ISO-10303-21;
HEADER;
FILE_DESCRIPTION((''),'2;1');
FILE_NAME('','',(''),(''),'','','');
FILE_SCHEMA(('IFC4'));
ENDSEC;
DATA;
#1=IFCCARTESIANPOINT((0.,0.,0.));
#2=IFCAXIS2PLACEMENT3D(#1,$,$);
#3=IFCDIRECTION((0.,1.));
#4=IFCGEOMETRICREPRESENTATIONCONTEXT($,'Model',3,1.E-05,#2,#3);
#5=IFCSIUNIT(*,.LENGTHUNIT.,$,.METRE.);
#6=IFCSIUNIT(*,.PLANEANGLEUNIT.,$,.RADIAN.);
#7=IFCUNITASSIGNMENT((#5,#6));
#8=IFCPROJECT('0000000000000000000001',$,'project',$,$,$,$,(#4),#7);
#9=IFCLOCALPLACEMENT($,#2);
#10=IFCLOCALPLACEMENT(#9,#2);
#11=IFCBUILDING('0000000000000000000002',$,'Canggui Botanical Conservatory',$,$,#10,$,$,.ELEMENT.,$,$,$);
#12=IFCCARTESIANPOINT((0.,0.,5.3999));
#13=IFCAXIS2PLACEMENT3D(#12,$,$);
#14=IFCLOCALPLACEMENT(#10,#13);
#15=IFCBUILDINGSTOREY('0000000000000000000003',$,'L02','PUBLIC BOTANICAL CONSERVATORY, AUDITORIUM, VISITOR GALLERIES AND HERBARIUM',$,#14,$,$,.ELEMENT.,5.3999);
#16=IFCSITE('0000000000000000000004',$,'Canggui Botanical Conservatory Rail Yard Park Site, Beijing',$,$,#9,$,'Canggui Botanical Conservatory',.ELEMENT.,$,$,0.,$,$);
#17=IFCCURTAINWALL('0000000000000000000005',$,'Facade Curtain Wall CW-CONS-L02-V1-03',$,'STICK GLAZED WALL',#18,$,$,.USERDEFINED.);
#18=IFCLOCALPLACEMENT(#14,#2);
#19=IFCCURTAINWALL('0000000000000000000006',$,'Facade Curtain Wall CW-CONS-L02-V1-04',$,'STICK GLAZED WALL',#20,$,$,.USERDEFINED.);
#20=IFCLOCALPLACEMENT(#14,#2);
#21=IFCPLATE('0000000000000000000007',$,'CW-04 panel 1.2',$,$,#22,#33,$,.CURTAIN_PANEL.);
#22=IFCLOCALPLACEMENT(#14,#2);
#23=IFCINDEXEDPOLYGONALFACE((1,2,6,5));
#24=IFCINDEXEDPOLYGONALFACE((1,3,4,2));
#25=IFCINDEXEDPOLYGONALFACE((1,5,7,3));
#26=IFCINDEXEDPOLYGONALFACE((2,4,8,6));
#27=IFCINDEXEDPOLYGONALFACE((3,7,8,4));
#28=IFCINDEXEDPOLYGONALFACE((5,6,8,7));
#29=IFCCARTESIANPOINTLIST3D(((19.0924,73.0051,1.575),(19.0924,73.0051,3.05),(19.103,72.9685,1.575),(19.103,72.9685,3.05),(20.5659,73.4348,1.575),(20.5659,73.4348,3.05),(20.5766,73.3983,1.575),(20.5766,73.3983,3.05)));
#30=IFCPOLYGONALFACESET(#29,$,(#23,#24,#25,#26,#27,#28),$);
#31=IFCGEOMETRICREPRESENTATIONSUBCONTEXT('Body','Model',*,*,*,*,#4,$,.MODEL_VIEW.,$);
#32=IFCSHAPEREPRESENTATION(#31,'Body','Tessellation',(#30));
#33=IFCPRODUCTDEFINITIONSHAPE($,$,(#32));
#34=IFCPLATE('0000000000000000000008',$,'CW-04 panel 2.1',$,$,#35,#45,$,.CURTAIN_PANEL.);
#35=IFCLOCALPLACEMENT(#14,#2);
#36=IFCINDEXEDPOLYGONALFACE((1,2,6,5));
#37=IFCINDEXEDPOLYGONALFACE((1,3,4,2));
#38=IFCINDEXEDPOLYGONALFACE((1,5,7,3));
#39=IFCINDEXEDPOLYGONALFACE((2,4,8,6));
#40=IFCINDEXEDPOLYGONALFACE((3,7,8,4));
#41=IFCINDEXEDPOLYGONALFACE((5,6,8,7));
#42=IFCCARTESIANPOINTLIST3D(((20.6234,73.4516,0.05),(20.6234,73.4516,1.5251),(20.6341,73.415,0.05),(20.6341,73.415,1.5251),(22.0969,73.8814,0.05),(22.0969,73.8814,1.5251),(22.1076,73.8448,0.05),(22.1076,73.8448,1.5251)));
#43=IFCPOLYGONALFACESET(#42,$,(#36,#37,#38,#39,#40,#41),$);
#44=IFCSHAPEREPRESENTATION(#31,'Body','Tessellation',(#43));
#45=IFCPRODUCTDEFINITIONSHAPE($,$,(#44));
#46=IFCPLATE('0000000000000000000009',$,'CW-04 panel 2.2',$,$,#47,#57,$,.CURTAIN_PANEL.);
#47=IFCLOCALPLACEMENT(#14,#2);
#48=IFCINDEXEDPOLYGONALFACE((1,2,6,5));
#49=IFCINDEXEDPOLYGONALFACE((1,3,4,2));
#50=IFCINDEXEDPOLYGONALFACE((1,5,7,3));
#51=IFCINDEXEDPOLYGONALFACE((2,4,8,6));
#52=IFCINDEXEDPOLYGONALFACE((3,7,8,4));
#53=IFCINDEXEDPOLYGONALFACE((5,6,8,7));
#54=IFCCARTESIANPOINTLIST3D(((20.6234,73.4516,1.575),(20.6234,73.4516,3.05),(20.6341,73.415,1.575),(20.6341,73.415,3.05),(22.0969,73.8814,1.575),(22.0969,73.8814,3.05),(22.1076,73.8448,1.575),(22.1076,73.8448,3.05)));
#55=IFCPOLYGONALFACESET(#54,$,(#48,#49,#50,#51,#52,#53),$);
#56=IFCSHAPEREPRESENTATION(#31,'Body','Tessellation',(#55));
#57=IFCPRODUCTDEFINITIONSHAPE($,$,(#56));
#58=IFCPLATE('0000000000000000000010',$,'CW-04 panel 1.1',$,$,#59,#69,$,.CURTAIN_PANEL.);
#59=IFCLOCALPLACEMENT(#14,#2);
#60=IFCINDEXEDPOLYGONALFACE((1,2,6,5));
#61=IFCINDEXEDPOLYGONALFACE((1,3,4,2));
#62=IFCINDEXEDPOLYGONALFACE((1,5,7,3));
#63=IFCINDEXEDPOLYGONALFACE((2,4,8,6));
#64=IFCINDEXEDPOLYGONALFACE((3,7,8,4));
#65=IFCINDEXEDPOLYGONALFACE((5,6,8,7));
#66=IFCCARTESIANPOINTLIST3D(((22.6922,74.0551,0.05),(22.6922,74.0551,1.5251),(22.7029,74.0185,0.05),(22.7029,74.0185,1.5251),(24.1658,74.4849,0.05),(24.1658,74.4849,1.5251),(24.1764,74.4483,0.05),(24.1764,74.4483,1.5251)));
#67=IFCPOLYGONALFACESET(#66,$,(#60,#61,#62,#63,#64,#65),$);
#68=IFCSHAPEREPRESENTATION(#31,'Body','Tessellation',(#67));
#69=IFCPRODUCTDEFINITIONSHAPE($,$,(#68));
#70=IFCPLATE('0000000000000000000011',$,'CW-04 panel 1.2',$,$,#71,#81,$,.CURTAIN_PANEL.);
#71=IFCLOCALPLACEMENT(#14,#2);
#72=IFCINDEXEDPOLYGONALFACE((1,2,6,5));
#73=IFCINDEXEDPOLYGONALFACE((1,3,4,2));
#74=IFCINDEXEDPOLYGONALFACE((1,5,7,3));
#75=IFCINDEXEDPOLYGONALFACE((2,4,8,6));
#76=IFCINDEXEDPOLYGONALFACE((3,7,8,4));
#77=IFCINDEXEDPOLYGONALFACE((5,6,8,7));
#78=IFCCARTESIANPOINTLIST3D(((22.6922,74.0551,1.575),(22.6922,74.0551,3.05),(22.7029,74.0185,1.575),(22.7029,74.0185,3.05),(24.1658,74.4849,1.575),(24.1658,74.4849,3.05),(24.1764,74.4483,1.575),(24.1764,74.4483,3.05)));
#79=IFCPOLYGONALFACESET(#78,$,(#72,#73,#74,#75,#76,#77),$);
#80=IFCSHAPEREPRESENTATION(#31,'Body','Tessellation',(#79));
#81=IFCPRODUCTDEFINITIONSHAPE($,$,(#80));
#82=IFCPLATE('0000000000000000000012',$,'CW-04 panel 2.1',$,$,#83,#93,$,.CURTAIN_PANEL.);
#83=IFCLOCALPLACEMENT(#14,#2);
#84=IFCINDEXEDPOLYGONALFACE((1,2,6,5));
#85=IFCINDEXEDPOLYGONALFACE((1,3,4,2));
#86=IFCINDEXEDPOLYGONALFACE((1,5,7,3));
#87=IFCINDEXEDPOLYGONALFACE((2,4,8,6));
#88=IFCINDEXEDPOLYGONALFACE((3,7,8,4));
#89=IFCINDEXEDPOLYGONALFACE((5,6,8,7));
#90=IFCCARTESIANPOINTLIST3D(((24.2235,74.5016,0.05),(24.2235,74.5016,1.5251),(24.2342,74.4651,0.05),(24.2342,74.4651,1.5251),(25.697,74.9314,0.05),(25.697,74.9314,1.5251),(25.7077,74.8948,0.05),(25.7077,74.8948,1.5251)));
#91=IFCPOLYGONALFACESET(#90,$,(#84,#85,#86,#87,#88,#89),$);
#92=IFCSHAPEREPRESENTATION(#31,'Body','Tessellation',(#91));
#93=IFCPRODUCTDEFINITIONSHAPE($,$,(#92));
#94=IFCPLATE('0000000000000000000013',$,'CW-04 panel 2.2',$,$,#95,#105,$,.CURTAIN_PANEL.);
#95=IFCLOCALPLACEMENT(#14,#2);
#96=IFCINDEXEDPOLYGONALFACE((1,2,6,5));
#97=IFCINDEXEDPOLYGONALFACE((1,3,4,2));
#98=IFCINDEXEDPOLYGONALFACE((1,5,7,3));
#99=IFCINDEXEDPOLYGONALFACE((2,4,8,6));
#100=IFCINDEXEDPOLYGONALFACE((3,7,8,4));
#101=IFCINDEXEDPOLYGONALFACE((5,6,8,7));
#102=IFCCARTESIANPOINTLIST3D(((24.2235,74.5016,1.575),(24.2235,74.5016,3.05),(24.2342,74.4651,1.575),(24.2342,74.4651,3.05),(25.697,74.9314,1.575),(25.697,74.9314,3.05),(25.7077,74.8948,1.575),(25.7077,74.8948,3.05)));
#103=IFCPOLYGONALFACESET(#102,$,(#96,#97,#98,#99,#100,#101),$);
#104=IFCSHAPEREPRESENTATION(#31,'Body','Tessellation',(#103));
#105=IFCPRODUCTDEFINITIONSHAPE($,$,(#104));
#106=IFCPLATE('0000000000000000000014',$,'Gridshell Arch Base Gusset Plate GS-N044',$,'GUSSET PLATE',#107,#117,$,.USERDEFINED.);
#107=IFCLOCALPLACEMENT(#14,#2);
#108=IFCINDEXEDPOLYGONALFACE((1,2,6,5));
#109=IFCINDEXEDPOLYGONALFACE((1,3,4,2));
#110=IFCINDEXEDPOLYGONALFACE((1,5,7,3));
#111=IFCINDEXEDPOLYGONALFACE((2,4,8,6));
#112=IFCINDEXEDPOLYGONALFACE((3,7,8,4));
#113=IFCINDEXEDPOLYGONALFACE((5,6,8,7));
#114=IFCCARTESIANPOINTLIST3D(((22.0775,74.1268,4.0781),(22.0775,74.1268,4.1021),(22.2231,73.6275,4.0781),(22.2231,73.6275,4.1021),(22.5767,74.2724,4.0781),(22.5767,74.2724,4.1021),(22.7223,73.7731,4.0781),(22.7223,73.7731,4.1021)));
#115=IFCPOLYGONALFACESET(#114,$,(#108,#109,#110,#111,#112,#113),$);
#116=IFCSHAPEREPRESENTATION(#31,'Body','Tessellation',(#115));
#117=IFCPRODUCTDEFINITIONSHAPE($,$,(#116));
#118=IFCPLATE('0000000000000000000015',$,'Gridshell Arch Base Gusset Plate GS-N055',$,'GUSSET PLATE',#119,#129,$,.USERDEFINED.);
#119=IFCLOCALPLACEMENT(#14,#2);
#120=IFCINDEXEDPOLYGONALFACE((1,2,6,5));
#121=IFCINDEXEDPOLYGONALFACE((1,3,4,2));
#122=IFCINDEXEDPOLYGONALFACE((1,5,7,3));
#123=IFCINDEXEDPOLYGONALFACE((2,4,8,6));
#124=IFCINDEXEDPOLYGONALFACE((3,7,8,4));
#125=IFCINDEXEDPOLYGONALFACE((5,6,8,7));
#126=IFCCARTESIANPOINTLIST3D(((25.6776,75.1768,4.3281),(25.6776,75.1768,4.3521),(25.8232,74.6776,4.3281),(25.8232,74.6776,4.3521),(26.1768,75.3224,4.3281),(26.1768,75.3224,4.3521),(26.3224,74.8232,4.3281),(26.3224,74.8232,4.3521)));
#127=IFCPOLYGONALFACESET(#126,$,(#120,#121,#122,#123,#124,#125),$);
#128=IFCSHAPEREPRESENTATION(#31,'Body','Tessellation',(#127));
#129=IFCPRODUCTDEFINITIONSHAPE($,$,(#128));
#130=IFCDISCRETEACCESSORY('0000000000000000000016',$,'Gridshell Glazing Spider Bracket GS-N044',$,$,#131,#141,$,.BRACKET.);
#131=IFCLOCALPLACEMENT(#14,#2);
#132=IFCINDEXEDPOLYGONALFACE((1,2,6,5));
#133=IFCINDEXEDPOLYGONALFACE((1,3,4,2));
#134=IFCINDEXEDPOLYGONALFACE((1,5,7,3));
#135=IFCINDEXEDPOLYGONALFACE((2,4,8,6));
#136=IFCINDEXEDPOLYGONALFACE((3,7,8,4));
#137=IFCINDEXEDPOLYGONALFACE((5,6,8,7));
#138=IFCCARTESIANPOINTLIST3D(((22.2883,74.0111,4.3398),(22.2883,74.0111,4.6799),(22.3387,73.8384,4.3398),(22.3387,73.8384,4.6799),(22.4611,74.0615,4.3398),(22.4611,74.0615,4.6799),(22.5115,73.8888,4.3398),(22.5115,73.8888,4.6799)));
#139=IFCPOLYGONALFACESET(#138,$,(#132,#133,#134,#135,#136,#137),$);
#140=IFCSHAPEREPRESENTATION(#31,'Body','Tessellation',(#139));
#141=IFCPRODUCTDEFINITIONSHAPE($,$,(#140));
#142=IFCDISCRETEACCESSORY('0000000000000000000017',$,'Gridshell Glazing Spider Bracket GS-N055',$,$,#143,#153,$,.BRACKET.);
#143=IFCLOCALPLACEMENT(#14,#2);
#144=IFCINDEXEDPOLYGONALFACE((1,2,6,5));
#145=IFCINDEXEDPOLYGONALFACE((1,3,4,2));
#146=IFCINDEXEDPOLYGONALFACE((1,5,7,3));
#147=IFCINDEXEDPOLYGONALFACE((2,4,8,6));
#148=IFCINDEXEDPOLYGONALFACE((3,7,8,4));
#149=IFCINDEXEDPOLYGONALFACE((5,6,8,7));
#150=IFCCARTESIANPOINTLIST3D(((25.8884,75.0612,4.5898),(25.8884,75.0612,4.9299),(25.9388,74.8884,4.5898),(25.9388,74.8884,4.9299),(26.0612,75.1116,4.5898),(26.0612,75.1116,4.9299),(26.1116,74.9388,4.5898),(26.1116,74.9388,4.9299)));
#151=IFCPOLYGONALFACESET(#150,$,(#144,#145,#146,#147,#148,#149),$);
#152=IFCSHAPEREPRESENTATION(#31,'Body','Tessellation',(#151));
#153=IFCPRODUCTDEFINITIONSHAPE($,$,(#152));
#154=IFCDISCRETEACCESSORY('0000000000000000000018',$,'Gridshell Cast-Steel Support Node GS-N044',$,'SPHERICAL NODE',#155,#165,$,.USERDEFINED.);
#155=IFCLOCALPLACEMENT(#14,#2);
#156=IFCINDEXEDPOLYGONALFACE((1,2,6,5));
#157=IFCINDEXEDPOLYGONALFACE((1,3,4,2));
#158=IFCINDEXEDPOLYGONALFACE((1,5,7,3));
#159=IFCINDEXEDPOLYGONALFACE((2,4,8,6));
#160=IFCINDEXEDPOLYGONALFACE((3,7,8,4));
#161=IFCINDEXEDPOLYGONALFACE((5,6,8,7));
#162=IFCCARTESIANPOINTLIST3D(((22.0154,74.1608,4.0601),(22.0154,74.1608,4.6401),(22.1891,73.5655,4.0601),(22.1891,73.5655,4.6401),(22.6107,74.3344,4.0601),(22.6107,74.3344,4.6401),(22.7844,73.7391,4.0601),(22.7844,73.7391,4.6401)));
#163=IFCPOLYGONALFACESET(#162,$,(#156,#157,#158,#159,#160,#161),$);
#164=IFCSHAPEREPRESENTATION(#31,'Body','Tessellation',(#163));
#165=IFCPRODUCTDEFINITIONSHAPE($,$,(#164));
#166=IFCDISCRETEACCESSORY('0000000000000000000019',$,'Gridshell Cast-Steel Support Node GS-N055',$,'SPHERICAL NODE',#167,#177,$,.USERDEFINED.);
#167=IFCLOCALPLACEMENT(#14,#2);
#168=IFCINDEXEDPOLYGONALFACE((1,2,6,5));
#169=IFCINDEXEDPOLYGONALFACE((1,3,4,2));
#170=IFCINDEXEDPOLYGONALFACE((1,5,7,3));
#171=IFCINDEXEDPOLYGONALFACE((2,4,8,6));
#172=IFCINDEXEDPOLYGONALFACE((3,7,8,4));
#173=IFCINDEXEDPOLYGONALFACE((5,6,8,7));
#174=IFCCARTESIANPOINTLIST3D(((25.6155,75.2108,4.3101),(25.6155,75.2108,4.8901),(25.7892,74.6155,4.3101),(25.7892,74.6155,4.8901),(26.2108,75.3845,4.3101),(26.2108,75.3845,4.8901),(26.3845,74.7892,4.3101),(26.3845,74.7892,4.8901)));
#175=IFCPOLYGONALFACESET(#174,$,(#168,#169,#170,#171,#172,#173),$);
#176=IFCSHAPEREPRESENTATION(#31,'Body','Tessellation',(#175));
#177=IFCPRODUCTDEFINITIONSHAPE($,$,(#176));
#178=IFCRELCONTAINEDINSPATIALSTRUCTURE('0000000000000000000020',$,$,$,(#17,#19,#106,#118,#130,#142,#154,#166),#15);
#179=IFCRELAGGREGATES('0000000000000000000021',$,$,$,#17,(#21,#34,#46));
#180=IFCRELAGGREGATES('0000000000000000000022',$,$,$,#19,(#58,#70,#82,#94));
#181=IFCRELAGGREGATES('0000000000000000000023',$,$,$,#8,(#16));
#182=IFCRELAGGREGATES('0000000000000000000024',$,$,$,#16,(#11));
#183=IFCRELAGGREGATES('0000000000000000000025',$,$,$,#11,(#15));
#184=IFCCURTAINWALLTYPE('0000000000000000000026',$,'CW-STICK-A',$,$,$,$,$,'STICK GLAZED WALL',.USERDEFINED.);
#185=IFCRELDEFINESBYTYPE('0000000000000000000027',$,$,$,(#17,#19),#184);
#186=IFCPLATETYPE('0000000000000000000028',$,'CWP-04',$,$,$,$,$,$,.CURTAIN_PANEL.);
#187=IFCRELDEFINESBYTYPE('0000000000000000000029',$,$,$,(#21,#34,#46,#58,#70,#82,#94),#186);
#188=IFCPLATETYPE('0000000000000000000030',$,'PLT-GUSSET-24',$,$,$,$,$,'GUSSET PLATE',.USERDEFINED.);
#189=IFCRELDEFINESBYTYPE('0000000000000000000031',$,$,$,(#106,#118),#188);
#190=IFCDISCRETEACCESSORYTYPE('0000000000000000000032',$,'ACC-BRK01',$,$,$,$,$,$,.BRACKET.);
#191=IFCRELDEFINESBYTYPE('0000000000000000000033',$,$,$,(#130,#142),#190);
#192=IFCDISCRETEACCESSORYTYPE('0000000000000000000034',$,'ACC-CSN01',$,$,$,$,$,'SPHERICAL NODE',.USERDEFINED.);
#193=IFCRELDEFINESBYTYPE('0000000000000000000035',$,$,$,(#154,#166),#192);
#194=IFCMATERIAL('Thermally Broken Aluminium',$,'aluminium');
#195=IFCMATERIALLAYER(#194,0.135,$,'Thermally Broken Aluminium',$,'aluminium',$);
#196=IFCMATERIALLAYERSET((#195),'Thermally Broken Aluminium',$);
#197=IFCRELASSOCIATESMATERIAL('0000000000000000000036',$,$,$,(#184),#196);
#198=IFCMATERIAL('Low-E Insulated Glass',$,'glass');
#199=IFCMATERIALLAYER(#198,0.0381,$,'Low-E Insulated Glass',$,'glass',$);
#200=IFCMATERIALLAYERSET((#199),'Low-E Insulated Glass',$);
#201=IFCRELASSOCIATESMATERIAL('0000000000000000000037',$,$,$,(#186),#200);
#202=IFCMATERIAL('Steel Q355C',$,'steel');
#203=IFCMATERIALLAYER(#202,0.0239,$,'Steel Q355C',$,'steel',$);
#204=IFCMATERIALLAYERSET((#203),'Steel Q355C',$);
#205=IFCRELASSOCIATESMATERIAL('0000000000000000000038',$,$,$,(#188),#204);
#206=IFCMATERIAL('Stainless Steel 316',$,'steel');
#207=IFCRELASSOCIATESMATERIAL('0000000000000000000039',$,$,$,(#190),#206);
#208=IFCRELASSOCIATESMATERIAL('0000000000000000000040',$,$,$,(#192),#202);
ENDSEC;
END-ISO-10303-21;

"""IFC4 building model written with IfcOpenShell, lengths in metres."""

from ifc_helpers import new_model, si_unit, direction, frame, origin, origin_2d, place, context, subcontext, project, spatial, rectangle, extrude, material, layer, layer_set, type_object, element, aggregate, save


model = new_model("IFC4")

# Units and contexts
model_context = context("Model", 3, precision=1e-05, world=origin(), true_north=direction((0.0, 1.0)))
body_context = subcontext(model_context, "Body", "Model", "MODEL_VIEW")
ifc_project = project(units=[si_unit("LENGTHUNIT", "METRE"), si_unit("PLANEANGLEUNIT", "RADIAN")], contexts=[model_context])

# Site, building, storey
site_placement = place(None, origin())
site = spatial("IfcSite", under=ifc_project, at=site_placement, Name="Canggui Botanical Conservatory Rail Yard Park Site, Beijing", LongName="Canggui Botanical Conservatory", CompositionType="ELEMENT", RefElevation=0.0)
building_placement = place(site_placement, origin())
building = spatial("IfcBuilding", under=site, at=building_placement, Name="Canggui Botanical Conservatory", CompositionType="ELEMENT")
storey_placement = place(building_placement, frame((0.0, 0.0, 5.3999)))
storey = spatial("IfcBuildingStorey", under=building, at=storey_placement, Name="L02", Description="PUBLIC BOTANICAL CONSERVATORY, AUDITORIUM, VISITOR GALLERIES AND HERBARIUM", CompositionType="ELEMENT", Elevation=5.3999)

# Shared definitions
ifc_material_1 = material(Name="Steel Q355C", Category="steel")

# Curtain walls
ifc_material_2 = material(Name="Thermally Broken Aluminium", Category="aluminium")
ifc_layer_1 = layer(ifc_material_2, 0.135, Name="Thermally Broken Aluminium", Category="aluminium")
ifc_layer_set_1 = layer_set([ifc_layer_1], Name="Thermally Broken Aluminium")
curtain_wall_type = type_object("IfcCurtainWallType", Name="CW-STICK-A", ElementType="STICK GLAZED WALL", PredefinedType="USERDEFINED", material=ifc_layer_set_1)
curtain_wall_1_placement = place(storey_placement, origin())
curtain_wall_1 = element("IfcCurtainWall", 1, at=curtain_wall_1_placement, inside=storey, type_object=curtain_wall_type, Name="Facade Curtain Wall CW-CONS-L02-V1-03", ObjectType="STICK GLAZED WALL", PredefinedType="USERDEFINED")
curtain_wall_2_placement = place(storey_placement, origin())
curtain_wall_2 = element("IfcCurtainWall", 2, at=curtain_wall_2_placement, inside=storey, type_object=curtain_wall_type, Name="Facade Curtain Wall CW-CONS-L02-V1-04", ObjectType="STICK GLAZED WALL", PredefinedType="USERDEFINED")

# Plates
ifc_material_3 = material(Name="Low-E Insulated Glass", Category="glass")
ifc_layer_2 = layer(ifc_material_3, 0.0381, Name="Low-E Insulated Glass", Category="glass")
ifc_layer_set_2 = layer_set([ifc_layer_2], Name="Low-E Insulated Glass")
plate_type_1 = type_object("IfcPlateType", Name="CWP-04", PredefinedType="CURTAIN_PANEL", material=ifc_layer_set_2)
plate_1_placement = place(storey_placement, frame((19.8345, 73.2017, 1.575), z_axis=(0.0, 0.0, 1.0), x_axis=(0.96, 0.28, 0.0)))
plate_1 = element("IfcPlate", 3, at=plate_1_placement, type_object=plate_type_1, Name="CW-04 panel 1.2", PredefinedType="CURTAIN_PANEL", context=body_context, shape_type="SweptSolid", body=[
    extrude(rectangle(XDim=1.5349, YDim=0.0381, at=origin_2d()), origin(), (0.0, 0.0, 1.0), 1.4751),
])
plate_2_placement = place(storey_placement, frame((21.3655, 73.6482, 0.05), z_axis=(0.0, 0.0, 1.0), x_axis=(0.96, 0.28, 0.0)))
plate_2 = element("IfcPlate", 4, at=plate_2_placement, type_object=plate_type_1, Name="CW-04 panel 2.1", PredefinedType="CURTAIN_PANEL", context=body_context, shape_type="SweptSolid", body=[
    extrude(rectangle(XDim=1.5349, YDim=0.0381, at=origin_2d()), origin(), (0.0, 0.0, 1.0), 1.4751),
])
plate_3_placement = place(storey_placement, frame((21.3655, 73.6482, 1.575), z_axis=(0.0, 0.0, 1.0), x_axis=(0.96, 0.28, 0.0)))
plate_3 = element("IfcPlate", 5, at=plate_3_placement, type_object=plate_type_1, Name="CW-04 panel 2.2", PredefinedType="CURTAIN_PANEL", context=body_context, shape_type="SweptSolid", body=[
    extrude(rectangle(XDim=1.5349, YDim=0.0381, at=origin_2d()), origin(), (0.0, 0.0, 1.0), 1.4751),
])
aggregate(curtain_wall_1, [plate_1, plate_2, plate_3])
plate_4_placement = place(storey_placement, frame((23.4343, 74.2517, 0.05), z_axis=(0.0, 0.0, 1.0), x_axis=(0.96, 0.28, 0.0)))
plate_4 = element("IfcPlate", 6, at=plate_4_placement, type_object=plate_type_1, Name="CW-04 panel 1.1", PredefinedType="CURTAIN_PANEL", context=body_context, shape_type="SweptSolid", body=[
    extrude(rectangle(XDim=1.5349, YDim=0.0381, at=origin_2d()), origin(), (0.0, 0.0, 1.0), 1.4751),
])
plate_5_placement = place(storey_placement, frame((23.4343, 74.2517, 1.575), z_axis=(0.0, 0.0, 1.0), x_axis=(0.96, 0.28, 0.0)))
plate_5 = element("IfcPlate", 7, at=plate_5_placement, type_object=plate_type_1, Name="CW-04 panel 1.2", PredefinedType="CURTAIN_PANEL", context=body_context, shape_type="SweptSolid", body=[
    extrude(rectangle(XDim=1.5349, YDim=0.0381, at=origin_2d()), origin(), (0.0, 0.0, 1.0), 1.4751),
])
plate_6_placement = place(storey_placement, frame((24.9656, 74.6982, 0.05), z_axis=(0.0, 0.0, 1.0), x_axis=(0.96, 0.28, 0.0)))
plate_6 = element("IfcPlate", 8, at=plate_6_placement, type_object=plate_type_1, Name="CW-04 panel 2.1", PredefinedType="CURTAIN_PANEL", context=body_context, shape_type="SweptSolid", body=[
    extrude(rectangle(XDim=1.5349, YDim=0.0381, at=origin_2d()), origin(), (0.0, 0.0, 1.0), 1.4751),
])
plate_7_placement = place(storey_placement, frame((24.9656, 74.6982, 1.575), z_axis=(0.0, 0.0, 1.0), x_axis=(0.96, 0.28, 0.0)))
plate_7 = element("IfcPlate", 9, at=plate_7_placement, type_object=plate_type_1, Name="CW-04 panel 2.2", PredefinedType="CURTAIN_PANEL", context=body_context, shape_type="SweptSolid", body=[
    extrude(rectangle(XDim=1.5349, YDim=0.0381, at=origin_2d()), origin(), (0.0, 0.0, 1.0), 1.4751),
])
aggregate(curtain_wall_2, [plate_4, plate_5, plate_6, plate_7])

# Plates
ifc_layer_3 = layer(ifc_material_1, 0.0239, Name="Steel Q355C", Category="steel")
ifc_layer_set_3 = layer_set([ifc_layer_3], Name="Steel Q355C")
plate_type_2 = type_object("IfcPlateType", Name="PLT-GUSSET-24", ElementType="GUSSET PLATE", PredefinedType="USERDEFINED", material=ifc_layer_set_3)
for number, where, z_axis, x_axis, name in (
    (10, (22.3999, 73.95, 4.0781), (0.0, 0.0, 1.0), (0.96, 0.28, 0.0), "Gridshell Arch Base Gusset Plate GS-N044"),
    (11, (26.0, 75.0, 4.3281), (0.0, 0.0, 1.0), (0.96, 0.28, 0.0), "Gridshell Arch Base Gusset Plate GS-N055"),
):
    element("IfcPlate", number, at=place(storey_placement, frame(where, z_axis=z_axis, x_axis=x_axis)), inside=storey, type_object=plate_type_2, Name=name, ObjectType="GUSSET PLATE", PredefinedType="USERDEFINED", context=body_context, shape_type="SweptSolid", body=[
        extrude(rectangle(XDim=0.52, YDim=0.52, at=origin_2d()), origin(), (0.0, 0.0, 1.0), 0.0239),
    ])

# Discrete accessories
ifc_material_4 = material(Name="Stainless Steel 316", Category="steel")
discrete_accessory_type_1 = type_object("IfcDiscreteAccessoryType", Name="ACC-BRK01", PredefinedType="BRACKET", material=ifc_material_4)
for number, where, z_axis, x_axis, name in (
    (12, (22.3999, 73.95, 4.3398), (0.0, 0.0, 1.0), (0.96, 0.28, 0.0), "Gridshell Glazing Spider Bracket GS-N044"),
    (13, (26.0, 75.0, 4.5898), (0.0, 0.0, 1.0), (0.96, 0.28, 0.0), "Gridshell Glazing Spider Bracket GS-N055"),
):
    element("IfcDiscreteAccessory", number, at=place(storey_placement, frame(where, z_axis=z_axis, x_axis=x_axis)), inside=storey, type_object=discrete_accessory_type_1, Name=name, PredefinedType="BRACKET", context=body_context, shape_type="SweptSolid", body=[
        extrude(rectangle(XDim=0.1799, YDim=0.1799, at=origin_2d()), origin(), (0.0, 0.0, 1.0), 0.3401),
    ])
discrete_accessory_type_2 = type_object("IfcDiscreteAccessoryType", Name="ACC-CSN01", ElementType="SPHERICAL NODE", PredefinedType="USERDEFINED", material=ifc_material_1)
for number, where, z_axis, x_axis, name in (
    (14, (22.3999, 73.95, 4.0601), (0.0, 0.0, 1.0), (0.96, 0.28, 0.0), "Gridshell Cast-Steel Support Node GS-N044"),
    (15, (26.0, 75.0, 4.3101), (0.0, 0.0, 1.0), (0.96, 0.28, 0.0), "Gridshell Cast-Steel Support Node GS-N055"),
):
    element("IfcDiscreteAccessory", number, at=place(storey_placement, frame(where, z_axis=z_axis, x_axis=x_axis)), inside=storey, type_object=discrete_accessory_type_2, Name=name, ObjectType="SPHERICAL NODE", PredefinedType="USERDEFINED", context=body_context, shape_type="SweptSolid", body=[
        extrude(rectangle(XDim=0.6201, YDim=0.6201, at=origin_2d()), origin(), (0.0, 0.0, 1.0), 0.5801),
    ])

save(model, "model.ifc")
